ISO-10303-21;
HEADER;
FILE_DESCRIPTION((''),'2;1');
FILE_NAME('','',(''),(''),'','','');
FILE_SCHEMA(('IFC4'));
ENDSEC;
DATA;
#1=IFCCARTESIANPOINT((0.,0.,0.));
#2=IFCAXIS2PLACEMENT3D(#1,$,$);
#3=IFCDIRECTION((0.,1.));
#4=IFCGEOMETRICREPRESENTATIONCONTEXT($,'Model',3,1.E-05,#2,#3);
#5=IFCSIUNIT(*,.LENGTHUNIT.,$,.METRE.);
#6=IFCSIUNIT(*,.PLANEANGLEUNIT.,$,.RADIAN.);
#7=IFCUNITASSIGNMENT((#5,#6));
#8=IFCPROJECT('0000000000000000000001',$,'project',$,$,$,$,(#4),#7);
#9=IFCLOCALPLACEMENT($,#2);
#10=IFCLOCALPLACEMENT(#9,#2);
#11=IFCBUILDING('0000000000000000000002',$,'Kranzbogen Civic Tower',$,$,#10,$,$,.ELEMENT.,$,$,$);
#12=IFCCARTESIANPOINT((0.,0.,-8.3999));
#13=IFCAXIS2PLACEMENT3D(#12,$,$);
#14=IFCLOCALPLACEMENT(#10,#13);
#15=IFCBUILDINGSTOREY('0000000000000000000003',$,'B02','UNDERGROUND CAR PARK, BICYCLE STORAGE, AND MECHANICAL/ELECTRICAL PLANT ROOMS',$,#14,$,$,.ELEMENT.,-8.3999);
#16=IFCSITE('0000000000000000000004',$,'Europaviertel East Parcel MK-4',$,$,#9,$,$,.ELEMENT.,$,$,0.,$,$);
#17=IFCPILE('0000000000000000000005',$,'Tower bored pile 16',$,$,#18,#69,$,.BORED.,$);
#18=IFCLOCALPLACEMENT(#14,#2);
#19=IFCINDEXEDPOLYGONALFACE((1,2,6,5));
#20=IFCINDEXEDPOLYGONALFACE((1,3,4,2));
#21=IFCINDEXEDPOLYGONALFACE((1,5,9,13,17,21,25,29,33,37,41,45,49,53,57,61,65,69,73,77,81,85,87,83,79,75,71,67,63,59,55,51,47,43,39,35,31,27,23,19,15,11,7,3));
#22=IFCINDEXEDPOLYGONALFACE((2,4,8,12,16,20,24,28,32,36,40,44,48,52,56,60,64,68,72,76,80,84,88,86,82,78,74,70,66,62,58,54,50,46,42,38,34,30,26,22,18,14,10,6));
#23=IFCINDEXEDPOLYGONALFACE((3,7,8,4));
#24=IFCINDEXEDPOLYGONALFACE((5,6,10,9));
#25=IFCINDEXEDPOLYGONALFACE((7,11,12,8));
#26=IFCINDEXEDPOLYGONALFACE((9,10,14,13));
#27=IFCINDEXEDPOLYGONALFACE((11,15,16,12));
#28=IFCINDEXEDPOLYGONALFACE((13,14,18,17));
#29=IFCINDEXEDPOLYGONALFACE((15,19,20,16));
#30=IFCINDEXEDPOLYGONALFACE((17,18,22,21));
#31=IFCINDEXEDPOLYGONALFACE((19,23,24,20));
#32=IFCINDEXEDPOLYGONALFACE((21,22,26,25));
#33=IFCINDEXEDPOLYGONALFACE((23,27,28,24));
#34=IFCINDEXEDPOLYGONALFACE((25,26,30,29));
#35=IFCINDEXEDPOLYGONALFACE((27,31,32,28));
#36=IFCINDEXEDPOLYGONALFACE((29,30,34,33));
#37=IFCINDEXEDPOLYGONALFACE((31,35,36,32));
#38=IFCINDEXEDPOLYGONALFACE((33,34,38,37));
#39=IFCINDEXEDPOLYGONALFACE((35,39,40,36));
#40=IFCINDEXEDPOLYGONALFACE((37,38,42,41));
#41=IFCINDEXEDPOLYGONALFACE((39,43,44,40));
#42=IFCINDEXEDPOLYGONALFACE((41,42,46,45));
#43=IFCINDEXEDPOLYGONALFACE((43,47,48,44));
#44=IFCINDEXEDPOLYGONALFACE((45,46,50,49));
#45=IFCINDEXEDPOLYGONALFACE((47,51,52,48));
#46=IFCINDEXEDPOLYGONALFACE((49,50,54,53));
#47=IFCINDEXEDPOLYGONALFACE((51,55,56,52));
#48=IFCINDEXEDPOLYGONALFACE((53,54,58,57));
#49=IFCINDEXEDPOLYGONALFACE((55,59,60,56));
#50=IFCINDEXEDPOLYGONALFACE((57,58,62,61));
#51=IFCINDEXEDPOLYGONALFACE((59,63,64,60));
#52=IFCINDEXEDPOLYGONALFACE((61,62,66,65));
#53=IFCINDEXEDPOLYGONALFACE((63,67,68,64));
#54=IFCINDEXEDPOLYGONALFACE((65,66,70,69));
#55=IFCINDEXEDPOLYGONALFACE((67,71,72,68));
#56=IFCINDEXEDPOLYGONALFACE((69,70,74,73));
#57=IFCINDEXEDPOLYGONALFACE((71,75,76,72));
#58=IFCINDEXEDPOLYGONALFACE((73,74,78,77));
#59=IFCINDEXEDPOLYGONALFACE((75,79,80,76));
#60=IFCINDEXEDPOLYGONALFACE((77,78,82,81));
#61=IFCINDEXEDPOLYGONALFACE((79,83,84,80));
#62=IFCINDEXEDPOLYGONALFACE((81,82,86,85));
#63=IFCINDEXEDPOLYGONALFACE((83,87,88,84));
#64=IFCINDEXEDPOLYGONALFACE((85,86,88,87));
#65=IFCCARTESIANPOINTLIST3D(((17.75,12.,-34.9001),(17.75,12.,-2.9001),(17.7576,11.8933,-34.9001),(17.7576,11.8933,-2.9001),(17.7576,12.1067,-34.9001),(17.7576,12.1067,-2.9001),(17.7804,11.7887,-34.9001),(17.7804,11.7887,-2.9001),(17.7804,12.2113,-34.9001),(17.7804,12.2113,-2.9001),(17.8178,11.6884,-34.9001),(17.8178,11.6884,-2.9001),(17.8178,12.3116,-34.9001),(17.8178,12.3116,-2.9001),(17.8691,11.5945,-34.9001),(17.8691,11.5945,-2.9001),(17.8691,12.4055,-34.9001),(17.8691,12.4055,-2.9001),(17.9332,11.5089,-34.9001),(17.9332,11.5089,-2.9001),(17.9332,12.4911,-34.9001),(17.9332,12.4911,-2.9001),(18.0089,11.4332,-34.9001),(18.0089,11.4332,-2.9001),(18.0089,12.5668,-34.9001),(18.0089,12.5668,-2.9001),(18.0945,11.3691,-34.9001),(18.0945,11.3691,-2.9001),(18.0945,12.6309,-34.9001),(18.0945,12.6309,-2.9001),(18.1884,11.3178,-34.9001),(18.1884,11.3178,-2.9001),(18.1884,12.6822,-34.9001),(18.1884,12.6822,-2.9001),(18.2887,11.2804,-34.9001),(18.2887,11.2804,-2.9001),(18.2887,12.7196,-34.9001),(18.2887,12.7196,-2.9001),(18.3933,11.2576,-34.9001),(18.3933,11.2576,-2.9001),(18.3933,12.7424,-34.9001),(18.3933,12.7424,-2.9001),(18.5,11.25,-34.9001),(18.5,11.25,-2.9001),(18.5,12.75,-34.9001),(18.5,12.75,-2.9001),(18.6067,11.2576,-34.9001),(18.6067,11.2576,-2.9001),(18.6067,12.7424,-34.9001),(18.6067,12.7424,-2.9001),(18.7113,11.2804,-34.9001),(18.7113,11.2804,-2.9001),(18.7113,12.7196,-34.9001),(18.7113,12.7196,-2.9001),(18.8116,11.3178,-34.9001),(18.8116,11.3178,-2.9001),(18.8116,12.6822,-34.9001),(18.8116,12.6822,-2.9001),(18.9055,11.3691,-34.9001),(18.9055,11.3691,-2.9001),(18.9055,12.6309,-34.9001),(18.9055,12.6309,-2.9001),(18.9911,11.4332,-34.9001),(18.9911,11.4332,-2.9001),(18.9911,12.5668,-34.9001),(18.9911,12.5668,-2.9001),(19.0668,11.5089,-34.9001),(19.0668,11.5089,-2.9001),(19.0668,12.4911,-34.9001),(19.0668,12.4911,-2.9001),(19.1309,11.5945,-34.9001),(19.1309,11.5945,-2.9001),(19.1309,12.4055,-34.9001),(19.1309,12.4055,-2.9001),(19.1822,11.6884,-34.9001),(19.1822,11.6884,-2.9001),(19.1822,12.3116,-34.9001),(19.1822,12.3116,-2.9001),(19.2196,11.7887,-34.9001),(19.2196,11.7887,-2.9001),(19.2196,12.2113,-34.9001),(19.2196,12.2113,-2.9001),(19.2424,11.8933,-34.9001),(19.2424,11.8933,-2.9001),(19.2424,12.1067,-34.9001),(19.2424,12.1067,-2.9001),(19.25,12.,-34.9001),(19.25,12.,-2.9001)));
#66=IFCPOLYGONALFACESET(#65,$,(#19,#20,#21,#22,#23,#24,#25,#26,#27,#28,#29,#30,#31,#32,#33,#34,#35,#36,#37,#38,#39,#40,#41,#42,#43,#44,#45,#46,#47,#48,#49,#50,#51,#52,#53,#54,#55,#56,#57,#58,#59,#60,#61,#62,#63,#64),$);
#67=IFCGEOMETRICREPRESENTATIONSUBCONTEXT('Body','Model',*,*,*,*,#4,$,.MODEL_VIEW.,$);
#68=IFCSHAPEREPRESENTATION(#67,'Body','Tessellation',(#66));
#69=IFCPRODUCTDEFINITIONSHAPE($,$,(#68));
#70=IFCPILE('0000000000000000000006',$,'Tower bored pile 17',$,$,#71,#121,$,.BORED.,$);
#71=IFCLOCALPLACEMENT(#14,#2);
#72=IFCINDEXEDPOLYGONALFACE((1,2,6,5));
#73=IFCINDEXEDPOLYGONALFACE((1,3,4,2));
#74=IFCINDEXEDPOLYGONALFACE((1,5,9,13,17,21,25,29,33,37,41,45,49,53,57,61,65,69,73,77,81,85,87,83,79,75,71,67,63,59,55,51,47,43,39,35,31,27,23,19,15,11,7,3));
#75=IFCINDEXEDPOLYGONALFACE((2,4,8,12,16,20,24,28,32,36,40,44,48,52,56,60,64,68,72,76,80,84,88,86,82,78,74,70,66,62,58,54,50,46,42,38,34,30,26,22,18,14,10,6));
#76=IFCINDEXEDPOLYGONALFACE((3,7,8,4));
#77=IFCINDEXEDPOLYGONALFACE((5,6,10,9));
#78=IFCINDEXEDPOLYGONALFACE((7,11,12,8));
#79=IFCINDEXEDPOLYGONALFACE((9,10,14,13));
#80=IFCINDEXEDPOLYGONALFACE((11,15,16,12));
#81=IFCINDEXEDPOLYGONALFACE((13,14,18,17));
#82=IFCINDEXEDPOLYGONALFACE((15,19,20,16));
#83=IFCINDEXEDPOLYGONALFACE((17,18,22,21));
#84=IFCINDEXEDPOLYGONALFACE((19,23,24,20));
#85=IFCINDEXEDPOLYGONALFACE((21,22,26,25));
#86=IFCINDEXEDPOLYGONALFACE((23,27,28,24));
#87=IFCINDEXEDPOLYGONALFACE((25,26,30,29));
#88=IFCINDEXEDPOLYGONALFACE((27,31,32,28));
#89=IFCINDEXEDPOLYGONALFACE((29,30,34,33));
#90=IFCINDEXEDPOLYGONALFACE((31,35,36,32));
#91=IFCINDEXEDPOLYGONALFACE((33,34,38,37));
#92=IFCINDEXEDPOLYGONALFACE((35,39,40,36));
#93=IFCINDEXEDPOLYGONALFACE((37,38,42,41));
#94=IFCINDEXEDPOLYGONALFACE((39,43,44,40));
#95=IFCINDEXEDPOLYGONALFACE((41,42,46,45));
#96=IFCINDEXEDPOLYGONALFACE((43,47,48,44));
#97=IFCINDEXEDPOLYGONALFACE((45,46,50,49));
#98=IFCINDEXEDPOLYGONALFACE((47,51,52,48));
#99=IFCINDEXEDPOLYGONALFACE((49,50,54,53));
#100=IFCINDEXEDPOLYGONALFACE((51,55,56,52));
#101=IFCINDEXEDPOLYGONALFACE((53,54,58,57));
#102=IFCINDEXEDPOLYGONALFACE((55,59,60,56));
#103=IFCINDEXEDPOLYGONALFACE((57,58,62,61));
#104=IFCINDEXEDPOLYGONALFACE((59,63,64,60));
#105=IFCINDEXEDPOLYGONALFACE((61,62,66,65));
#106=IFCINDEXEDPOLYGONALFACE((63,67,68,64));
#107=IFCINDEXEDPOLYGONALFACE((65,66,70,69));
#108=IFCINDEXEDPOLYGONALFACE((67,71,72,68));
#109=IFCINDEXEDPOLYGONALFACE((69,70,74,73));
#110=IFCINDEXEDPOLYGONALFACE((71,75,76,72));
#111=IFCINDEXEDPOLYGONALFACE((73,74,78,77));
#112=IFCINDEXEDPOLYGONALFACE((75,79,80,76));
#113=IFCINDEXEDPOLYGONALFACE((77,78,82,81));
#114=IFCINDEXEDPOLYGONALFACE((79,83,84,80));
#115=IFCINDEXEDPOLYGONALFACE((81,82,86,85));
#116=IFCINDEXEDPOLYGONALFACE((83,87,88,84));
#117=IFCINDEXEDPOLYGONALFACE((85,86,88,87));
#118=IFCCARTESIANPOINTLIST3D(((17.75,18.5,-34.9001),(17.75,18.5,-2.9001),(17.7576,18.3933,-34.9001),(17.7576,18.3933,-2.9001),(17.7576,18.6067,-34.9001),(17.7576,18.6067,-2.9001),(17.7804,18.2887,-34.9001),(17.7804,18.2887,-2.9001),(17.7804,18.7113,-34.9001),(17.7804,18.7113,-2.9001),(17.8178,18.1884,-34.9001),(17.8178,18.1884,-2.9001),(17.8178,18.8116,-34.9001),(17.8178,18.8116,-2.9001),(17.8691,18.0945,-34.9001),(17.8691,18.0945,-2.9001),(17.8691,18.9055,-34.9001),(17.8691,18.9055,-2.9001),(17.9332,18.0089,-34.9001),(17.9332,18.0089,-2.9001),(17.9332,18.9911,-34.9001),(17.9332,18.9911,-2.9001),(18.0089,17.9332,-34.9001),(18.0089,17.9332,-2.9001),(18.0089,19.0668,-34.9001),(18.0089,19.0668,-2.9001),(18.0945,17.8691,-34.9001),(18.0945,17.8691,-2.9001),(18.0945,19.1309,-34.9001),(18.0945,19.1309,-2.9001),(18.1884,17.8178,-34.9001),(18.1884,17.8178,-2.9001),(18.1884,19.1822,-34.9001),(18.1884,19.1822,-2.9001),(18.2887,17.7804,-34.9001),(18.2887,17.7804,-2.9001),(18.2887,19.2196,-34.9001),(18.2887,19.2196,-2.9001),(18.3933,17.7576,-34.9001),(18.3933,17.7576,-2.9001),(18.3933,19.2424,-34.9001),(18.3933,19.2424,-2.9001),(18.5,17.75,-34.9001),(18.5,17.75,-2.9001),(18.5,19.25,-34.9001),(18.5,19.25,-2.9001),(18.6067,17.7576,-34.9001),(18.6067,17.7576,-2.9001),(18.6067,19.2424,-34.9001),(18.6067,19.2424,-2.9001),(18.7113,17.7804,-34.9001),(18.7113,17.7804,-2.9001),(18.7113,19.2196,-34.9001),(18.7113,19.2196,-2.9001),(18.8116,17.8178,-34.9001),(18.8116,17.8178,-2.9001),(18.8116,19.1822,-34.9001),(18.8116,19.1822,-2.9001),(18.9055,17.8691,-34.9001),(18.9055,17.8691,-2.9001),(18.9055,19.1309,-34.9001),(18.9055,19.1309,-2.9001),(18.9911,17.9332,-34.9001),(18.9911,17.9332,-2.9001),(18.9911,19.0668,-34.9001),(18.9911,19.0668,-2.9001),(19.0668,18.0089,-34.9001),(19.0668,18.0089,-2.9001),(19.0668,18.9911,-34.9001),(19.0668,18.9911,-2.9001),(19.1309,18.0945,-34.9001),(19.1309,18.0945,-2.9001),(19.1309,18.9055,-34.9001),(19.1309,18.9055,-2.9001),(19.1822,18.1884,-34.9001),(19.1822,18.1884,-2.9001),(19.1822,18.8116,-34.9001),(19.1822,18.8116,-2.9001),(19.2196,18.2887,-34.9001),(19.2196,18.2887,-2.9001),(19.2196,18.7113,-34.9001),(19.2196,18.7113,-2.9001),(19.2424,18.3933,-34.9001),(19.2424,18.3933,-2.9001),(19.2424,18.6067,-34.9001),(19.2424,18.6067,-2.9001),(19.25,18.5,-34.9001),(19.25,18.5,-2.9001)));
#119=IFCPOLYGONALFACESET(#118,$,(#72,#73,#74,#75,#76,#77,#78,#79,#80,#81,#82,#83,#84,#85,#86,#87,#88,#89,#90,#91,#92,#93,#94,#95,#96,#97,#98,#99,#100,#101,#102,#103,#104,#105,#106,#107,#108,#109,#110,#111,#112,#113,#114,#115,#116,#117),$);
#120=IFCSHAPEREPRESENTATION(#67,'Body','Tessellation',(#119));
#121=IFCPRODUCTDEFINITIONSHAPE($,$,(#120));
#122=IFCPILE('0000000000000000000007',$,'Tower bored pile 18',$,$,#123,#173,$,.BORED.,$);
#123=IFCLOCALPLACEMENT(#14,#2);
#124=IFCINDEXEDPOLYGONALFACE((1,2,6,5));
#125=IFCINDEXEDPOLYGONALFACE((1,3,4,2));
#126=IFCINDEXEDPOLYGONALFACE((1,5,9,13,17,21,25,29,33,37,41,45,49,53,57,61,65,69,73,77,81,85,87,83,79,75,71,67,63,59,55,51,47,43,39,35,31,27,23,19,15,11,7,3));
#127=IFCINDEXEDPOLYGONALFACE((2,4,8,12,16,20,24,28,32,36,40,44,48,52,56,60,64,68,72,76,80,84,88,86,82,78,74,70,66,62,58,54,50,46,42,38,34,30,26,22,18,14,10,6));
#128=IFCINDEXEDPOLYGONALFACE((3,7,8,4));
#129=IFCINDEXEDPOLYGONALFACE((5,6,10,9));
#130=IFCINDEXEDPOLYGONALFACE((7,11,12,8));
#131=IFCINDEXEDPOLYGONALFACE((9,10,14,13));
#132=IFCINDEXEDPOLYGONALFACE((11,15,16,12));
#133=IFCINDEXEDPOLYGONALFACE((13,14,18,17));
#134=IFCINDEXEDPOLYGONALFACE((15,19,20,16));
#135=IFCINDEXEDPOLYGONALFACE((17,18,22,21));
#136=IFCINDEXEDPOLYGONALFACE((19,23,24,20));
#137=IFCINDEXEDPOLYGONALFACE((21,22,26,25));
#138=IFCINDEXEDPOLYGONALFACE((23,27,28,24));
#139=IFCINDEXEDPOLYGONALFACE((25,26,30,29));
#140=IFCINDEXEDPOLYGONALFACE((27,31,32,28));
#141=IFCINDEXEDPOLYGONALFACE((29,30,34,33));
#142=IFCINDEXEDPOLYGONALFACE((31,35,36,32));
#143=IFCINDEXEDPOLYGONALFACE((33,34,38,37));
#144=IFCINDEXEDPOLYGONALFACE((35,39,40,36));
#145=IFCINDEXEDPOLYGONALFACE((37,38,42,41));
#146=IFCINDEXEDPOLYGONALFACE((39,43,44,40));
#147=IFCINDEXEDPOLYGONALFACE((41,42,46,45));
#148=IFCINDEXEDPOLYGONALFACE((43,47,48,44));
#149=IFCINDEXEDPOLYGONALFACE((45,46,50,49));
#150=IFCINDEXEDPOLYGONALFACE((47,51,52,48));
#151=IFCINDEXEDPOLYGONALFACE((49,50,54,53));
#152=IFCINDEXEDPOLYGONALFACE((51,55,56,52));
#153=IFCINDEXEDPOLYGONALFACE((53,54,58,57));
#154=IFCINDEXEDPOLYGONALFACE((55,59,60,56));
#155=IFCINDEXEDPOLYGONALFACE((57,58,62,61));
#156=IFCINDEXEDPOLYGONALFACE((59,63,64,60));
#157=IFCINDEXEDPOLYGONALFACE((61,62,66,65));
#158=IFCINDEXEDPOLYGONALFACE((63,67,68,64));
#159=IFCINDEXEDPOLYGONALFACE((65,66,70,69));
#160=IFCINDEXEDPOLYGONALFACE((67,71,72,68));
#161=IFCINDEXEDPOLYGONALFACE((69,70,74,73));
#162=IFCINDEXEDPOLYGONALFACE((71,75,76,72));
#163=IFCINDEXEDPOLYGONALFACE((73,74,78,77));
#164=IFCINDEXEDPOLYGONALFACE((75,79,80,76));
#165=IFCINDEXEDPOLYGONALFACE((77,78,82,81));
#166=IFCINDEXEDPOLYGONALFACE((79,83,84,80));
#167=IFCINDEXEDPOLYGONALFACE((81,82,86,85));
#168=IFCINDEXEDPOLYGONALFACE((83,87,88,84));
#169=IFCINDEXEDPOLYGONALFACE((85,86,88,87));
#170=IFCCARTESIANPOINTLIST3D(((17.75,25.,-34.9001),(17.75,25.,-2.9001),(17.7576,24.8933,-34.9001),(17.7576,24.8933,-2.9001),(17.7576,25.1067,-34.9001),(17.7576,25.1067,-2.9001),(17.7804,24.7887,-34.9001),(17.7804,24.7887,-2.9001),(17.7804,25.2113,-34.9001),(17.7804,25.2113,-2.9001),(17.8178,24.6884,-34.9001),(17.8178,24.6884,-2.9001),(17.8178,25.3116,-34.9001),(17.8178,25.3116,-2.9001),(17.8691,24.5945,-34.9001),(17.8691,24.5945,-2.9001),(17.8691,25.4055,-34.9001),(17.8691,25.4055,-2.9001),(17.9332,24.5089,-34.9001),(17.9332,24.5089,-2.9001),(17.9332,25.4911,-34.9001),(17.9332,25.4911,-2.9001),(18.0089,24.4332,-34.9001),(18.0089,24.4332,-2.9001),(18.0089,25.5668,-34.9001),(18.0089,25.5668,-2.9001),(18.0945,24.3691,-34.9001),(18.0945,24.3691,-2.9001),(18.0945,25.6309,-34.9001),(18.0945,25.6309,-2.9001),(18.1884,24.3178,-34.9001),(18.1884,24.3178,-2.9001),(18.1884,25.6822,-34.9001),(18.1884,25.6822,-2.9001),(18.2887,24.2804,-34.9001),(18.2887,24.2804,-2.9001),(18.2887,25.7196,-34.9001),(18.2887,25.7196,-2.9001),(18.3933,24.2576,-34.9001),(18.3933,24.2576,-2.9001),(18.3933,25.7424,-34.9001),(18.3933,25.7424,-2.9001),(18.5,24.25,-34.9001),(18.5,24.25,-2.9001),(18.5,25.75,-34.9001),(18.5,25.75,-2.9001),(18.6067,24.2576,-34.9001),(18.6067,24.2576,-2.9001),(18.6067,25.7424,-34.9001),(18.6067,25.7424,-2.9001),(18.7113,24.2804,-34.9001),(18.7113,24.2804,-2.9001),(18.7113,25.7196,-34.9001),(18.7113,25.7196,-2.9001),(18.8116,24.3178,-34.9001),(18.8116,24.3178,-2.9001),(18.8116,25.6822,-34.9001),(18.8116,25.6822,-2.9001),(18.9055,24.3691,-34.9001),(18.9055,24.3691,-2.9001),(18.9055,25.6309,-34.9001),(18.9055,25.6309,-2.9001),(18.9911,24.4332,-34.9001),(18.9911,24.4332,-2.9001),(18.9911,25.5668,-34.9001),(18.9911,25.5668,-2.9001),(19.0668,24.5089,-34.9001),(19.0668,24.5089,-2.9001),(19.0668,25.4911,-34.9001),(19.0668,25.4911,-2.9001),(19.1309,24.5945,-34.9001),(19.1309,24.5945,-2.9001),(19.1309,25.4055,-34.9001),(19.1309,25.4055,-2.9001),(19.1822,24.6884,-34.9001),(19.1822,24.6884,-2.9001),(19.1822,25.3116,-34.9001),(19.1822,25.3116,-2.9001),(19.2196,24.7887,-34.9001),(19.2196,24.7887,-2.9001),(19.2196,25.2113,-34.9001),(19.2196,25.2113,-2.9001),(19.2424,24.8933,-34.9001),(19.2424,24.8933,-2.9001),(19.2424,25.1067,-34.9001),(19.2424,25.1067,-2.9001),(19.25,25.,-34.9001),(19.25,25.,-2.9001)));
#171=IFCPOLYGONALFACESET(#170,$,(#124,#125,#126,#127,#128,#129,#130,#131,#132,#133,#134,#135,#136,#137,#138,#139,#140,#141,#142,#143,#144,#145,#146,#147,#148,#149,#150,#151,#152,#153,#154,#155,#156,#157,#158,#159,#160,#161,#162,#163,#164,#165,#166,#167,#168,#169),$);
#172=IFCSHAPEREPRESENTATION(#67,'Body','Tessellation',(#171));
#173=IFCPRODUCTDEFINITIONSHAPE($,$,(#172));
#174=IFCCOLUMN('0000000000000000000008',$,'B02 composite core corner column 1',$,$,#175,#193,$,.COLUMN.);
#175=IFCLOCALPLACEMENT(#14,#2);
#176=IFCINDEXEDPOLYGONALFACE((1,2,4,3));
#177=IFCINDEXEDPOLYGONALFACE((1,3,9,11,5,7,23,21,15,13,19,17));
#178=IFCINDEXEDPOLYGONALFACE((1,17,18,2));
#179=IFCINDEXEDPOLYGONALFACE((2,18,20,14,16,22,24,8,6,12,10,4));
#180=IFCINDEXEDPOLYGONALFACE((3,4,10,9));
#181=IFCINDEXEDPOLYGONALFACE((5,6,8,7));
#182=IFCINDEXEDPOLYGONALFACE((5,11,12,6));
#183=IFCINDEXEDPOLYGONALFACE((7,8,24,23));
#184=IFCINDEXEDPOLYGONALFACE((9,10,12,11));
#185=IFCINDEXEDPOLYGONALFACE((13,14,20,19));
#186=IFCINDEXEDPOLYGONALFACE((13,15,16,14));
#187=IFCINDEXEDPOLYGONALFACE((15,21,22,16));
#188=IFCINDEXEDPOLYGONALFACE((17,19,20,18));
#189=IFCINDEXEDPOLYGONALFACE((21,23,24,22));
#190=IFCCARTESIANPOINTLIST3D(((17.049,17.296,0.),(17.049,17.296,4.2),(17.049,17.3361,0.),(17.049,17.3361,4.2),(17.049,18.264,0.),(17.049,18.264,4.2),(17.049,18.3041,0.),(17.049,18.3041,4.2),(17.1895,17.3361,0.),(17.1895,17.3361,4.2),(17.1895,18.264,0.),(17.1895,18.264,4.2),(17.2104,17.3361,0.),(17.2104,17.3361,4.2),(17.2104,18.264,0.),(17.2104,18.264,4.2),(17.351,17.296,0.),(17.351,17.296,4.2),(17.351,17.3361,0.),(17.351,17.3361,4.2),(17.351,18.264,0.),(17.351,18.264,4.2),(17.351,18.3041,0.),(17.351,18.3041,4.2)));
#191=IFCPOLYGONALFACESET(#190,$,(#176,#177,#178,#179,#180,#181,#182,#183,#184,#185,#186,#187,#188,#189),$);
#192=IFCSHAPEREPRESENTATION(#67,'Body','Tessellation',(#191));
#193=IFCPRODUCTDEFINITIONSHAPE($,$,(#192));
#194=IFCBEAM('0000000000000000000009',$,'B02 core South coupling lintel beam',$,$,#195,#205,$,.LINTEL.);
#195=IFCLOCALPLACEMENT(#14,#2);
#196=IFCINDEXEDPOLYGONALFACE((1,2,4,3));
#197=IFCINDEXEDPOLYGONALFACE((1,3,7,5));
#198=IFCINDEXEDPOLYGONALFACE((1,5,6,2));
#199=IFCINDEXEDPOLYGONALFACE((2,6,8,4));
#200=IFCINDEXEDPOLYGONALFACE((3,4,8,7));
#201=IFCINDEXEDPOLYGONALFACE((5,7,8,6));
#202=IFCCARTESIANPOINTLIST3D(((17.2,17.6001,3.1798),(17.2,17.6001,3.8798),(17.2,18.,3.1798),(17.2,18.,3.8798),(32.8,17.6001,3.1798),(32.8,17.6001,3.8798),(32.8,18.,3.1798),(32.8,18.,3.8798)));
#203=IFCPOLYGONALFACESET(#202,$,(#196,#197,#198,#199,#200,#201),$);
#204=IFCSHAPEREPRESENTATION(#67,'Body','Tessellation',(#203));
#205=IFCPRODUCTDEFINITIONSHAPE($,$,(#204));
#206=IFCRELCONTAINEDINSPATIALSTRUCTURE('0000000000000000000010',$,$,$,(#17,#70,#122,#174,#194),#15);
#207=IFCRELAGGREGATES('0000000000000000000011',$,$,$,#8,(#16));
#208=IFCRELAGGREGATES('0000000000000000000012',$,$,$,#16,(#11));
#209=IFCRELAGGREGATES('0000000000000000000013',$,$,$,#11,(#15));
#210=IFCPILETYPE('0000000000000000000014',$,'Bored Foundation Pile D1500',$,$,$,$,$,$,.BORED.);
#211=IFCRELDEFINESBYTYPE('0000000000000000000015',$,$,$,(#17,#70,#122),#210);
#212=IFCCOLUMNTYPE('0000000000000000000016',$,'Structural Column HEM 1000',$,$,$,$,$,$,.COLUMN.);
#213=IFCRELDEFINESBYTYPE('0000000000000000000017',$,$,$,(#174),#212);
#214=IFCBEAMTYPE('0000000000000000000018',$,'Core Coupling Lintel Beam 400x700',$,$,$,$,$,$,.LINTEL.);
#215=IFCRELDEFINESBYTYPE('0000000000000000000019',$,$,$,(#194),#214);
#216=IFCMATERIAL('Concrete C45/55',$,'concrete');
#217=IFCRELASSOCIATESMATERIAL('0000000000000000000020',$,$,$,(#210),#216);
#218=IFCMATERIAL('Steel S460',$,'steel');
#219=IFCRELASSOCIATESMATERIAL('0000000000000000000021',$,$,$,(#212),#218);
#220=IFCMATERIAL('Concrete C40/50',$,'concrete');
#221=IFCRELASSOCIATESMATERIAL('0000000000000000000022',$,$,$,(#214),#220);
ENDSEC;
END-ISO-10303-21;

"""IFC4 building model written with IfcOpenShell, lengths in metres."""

from ifc_helpers import new_model, si_unit, direction, frame, origin, origin_2d, place, context, subcontext, project, spatial, rectangle, circle, i_section, extrude, material, material_profile, profile_set, type_object, element, save


model = new_model("IFC4")

# Units and contexts
model_context = context("Model", 3, precision=1e-05, world=origin(), true_north=direction((0.0, 1.0)))
body_context = subcontext(model_context, "Body", "Model", "MODEL_VIEW")
ifc_project = project(units=[si_unit("LENGTHUNIT", "METRE"), si_unit("PLANEANGLEUNIT", "RADIAN")], contexts=[model_context])

# Site, building, storey
site_placement = place(None, origin())
site = spatial("IfcSite", under=ifc_project, at=site_placement, Name="Europaviertel East Parcel MK-4", CompositionType="ELEMENT", RefElevation=0.0)
building_placement = place(site_placement, origin())
building = spatial("IfcBuilding", under=site, at=building_placement, Name="Kranzbogen Civic Tower", CompositionType="ELEMENT")
storey_placement = place(building_placement, frame((0.0, 0.0, -8.3999)))
storey = spatial("IfcBuildingStorey", under=building, at=storey_placement, Name="B02", Description="UNDERGROUND CAR PARK, BICYCLE STORAGE, AND MECHANICAL/ELECTRICAL PLANT ROOMS", CompositionType="ELEMENT", Elevation=-8.3999)

# Piles
ifc_material_1 = material(Name="Concrete C45/55", Category="concrete")
ifc_material_profile_1 = material_profile(ifc_material_1, circle(Radius=0.75, at=origin_2d()), Name="PILE D1500")
ifc_profile_set_1 = profile_set([ifc_material_profile_1], Name="Concrete C45/55")
pile_type = type_object("IfcPileType", Name="Bored Foundation Pile D1500", PredefinedType="BORED", material=ifc_profile_set_1)
for number, where, z_axis, x_axis, name in (
    (1, (18.5, 12.0, -2.9001), (0.0, 0.0, -1.0), (1.0, 0.0, 0.0), "Tower bored pile 16"),
    (2, (18.5, 18.5, -2.9001), (0.0, 0.0, -1.0), (1.0, 0.0, 0.0), "Tower bored pile 17"),
    (3, (18.5, 25.0, -2.9001), (0.0, 0.0, -1.0), (1.0, 0.0, 0.0), "Tower bored pile 18"),
):
    element("IfcPile", number, at=place(storey_placement, frame(where, z_axis=z_axis, x_axis=x_axis)), inside=storey, type_object=pile_type, Name=name, PredefinedType="BORED", context=body_context, shape_type="SweptSolid", body=[
        extrude(circle(Radius=0.75, at=origin_2d()), origin(), (0.0, 0.0, 1.0), 32.0),
    ])

# Column
ifc_material_2 = material(Name="Steel S460", Category="steel")
ifc_material_profile_2 = material_profile(ifc_material_2, i_section(OverallWidth=0.302, OverallDepth=1.0081, WebThickness=0.021, FlangeThickness=0.04, at=origin_2d()), Name="HEM 1000")
ifc_profile_set_2 = profile_set([ifc_material_profile_2], Name="Steel S460")
column_type = type_object("IfcColumnType", Name="Structural Column HEM 1000", PredefinedType="COLUMN", material=ifc_profile_set_2)
column_placement = place(storey_placement, frame((17.2, 17.8, 0.0), z_axis=(0.0, 0.0, 1.0), x_axis=(1.0, 0.0, 0.0)))
element("IfcColumn", 4, at=column_placement, inside=storey, type_object=column_type, Name="B02 composite core corner column 1", PredefinedType="COLUMN", context=body_context, shape_type="SweptSolid", body=[
    extrude(i_section(OverallWidth=0.302, OverallDepth=1.0081, WebThickness=0.021, FlangeThickness=0.04, at=origin_2d()), origin(), (0.0, 0.0, 1.0), 4.2),
])

# Beam
ifc_material_3 = material(Name="Concrete C40/50", Category="concrete")
ifc_material_profile_3 = material_profile(ifc_material_3, rectangle(XDim=0.3999, YDim=0.7, at=origin_2d()), Name="RC-BM 400x700")
ifc_profile_set_3 = profile_set([ifc_material_profile_3], Name="Concrete C40/50")
beam_type = type_object("IfcBeamType", Name="Core Coupling Lintel Beam 400x700", PredefinedType="LINTEL", material=ifc_profile_set_3)
beam_placement = place(storey_placement, frame((17.2, 17.8, 3.5298), z_axis=(1.0, 0.0, 0.0), x_axis=(0.0, 1.0, 0.0)))
element("IfcBeam", 5, at=beam_placement, inside=storey, type_object=beam_type, Name="B02 core South coupling lintel beam", PredefinedType="LINTEL", context=body_context, shape_type="SweptSolid", body=[
    extrude(rectangle(XDim=0.3999, YDim=0.7, at=origin_2d()), origin(), (0.0, 0.0, 1.0), 15.6001),
])

save(model, "model.ifc")
